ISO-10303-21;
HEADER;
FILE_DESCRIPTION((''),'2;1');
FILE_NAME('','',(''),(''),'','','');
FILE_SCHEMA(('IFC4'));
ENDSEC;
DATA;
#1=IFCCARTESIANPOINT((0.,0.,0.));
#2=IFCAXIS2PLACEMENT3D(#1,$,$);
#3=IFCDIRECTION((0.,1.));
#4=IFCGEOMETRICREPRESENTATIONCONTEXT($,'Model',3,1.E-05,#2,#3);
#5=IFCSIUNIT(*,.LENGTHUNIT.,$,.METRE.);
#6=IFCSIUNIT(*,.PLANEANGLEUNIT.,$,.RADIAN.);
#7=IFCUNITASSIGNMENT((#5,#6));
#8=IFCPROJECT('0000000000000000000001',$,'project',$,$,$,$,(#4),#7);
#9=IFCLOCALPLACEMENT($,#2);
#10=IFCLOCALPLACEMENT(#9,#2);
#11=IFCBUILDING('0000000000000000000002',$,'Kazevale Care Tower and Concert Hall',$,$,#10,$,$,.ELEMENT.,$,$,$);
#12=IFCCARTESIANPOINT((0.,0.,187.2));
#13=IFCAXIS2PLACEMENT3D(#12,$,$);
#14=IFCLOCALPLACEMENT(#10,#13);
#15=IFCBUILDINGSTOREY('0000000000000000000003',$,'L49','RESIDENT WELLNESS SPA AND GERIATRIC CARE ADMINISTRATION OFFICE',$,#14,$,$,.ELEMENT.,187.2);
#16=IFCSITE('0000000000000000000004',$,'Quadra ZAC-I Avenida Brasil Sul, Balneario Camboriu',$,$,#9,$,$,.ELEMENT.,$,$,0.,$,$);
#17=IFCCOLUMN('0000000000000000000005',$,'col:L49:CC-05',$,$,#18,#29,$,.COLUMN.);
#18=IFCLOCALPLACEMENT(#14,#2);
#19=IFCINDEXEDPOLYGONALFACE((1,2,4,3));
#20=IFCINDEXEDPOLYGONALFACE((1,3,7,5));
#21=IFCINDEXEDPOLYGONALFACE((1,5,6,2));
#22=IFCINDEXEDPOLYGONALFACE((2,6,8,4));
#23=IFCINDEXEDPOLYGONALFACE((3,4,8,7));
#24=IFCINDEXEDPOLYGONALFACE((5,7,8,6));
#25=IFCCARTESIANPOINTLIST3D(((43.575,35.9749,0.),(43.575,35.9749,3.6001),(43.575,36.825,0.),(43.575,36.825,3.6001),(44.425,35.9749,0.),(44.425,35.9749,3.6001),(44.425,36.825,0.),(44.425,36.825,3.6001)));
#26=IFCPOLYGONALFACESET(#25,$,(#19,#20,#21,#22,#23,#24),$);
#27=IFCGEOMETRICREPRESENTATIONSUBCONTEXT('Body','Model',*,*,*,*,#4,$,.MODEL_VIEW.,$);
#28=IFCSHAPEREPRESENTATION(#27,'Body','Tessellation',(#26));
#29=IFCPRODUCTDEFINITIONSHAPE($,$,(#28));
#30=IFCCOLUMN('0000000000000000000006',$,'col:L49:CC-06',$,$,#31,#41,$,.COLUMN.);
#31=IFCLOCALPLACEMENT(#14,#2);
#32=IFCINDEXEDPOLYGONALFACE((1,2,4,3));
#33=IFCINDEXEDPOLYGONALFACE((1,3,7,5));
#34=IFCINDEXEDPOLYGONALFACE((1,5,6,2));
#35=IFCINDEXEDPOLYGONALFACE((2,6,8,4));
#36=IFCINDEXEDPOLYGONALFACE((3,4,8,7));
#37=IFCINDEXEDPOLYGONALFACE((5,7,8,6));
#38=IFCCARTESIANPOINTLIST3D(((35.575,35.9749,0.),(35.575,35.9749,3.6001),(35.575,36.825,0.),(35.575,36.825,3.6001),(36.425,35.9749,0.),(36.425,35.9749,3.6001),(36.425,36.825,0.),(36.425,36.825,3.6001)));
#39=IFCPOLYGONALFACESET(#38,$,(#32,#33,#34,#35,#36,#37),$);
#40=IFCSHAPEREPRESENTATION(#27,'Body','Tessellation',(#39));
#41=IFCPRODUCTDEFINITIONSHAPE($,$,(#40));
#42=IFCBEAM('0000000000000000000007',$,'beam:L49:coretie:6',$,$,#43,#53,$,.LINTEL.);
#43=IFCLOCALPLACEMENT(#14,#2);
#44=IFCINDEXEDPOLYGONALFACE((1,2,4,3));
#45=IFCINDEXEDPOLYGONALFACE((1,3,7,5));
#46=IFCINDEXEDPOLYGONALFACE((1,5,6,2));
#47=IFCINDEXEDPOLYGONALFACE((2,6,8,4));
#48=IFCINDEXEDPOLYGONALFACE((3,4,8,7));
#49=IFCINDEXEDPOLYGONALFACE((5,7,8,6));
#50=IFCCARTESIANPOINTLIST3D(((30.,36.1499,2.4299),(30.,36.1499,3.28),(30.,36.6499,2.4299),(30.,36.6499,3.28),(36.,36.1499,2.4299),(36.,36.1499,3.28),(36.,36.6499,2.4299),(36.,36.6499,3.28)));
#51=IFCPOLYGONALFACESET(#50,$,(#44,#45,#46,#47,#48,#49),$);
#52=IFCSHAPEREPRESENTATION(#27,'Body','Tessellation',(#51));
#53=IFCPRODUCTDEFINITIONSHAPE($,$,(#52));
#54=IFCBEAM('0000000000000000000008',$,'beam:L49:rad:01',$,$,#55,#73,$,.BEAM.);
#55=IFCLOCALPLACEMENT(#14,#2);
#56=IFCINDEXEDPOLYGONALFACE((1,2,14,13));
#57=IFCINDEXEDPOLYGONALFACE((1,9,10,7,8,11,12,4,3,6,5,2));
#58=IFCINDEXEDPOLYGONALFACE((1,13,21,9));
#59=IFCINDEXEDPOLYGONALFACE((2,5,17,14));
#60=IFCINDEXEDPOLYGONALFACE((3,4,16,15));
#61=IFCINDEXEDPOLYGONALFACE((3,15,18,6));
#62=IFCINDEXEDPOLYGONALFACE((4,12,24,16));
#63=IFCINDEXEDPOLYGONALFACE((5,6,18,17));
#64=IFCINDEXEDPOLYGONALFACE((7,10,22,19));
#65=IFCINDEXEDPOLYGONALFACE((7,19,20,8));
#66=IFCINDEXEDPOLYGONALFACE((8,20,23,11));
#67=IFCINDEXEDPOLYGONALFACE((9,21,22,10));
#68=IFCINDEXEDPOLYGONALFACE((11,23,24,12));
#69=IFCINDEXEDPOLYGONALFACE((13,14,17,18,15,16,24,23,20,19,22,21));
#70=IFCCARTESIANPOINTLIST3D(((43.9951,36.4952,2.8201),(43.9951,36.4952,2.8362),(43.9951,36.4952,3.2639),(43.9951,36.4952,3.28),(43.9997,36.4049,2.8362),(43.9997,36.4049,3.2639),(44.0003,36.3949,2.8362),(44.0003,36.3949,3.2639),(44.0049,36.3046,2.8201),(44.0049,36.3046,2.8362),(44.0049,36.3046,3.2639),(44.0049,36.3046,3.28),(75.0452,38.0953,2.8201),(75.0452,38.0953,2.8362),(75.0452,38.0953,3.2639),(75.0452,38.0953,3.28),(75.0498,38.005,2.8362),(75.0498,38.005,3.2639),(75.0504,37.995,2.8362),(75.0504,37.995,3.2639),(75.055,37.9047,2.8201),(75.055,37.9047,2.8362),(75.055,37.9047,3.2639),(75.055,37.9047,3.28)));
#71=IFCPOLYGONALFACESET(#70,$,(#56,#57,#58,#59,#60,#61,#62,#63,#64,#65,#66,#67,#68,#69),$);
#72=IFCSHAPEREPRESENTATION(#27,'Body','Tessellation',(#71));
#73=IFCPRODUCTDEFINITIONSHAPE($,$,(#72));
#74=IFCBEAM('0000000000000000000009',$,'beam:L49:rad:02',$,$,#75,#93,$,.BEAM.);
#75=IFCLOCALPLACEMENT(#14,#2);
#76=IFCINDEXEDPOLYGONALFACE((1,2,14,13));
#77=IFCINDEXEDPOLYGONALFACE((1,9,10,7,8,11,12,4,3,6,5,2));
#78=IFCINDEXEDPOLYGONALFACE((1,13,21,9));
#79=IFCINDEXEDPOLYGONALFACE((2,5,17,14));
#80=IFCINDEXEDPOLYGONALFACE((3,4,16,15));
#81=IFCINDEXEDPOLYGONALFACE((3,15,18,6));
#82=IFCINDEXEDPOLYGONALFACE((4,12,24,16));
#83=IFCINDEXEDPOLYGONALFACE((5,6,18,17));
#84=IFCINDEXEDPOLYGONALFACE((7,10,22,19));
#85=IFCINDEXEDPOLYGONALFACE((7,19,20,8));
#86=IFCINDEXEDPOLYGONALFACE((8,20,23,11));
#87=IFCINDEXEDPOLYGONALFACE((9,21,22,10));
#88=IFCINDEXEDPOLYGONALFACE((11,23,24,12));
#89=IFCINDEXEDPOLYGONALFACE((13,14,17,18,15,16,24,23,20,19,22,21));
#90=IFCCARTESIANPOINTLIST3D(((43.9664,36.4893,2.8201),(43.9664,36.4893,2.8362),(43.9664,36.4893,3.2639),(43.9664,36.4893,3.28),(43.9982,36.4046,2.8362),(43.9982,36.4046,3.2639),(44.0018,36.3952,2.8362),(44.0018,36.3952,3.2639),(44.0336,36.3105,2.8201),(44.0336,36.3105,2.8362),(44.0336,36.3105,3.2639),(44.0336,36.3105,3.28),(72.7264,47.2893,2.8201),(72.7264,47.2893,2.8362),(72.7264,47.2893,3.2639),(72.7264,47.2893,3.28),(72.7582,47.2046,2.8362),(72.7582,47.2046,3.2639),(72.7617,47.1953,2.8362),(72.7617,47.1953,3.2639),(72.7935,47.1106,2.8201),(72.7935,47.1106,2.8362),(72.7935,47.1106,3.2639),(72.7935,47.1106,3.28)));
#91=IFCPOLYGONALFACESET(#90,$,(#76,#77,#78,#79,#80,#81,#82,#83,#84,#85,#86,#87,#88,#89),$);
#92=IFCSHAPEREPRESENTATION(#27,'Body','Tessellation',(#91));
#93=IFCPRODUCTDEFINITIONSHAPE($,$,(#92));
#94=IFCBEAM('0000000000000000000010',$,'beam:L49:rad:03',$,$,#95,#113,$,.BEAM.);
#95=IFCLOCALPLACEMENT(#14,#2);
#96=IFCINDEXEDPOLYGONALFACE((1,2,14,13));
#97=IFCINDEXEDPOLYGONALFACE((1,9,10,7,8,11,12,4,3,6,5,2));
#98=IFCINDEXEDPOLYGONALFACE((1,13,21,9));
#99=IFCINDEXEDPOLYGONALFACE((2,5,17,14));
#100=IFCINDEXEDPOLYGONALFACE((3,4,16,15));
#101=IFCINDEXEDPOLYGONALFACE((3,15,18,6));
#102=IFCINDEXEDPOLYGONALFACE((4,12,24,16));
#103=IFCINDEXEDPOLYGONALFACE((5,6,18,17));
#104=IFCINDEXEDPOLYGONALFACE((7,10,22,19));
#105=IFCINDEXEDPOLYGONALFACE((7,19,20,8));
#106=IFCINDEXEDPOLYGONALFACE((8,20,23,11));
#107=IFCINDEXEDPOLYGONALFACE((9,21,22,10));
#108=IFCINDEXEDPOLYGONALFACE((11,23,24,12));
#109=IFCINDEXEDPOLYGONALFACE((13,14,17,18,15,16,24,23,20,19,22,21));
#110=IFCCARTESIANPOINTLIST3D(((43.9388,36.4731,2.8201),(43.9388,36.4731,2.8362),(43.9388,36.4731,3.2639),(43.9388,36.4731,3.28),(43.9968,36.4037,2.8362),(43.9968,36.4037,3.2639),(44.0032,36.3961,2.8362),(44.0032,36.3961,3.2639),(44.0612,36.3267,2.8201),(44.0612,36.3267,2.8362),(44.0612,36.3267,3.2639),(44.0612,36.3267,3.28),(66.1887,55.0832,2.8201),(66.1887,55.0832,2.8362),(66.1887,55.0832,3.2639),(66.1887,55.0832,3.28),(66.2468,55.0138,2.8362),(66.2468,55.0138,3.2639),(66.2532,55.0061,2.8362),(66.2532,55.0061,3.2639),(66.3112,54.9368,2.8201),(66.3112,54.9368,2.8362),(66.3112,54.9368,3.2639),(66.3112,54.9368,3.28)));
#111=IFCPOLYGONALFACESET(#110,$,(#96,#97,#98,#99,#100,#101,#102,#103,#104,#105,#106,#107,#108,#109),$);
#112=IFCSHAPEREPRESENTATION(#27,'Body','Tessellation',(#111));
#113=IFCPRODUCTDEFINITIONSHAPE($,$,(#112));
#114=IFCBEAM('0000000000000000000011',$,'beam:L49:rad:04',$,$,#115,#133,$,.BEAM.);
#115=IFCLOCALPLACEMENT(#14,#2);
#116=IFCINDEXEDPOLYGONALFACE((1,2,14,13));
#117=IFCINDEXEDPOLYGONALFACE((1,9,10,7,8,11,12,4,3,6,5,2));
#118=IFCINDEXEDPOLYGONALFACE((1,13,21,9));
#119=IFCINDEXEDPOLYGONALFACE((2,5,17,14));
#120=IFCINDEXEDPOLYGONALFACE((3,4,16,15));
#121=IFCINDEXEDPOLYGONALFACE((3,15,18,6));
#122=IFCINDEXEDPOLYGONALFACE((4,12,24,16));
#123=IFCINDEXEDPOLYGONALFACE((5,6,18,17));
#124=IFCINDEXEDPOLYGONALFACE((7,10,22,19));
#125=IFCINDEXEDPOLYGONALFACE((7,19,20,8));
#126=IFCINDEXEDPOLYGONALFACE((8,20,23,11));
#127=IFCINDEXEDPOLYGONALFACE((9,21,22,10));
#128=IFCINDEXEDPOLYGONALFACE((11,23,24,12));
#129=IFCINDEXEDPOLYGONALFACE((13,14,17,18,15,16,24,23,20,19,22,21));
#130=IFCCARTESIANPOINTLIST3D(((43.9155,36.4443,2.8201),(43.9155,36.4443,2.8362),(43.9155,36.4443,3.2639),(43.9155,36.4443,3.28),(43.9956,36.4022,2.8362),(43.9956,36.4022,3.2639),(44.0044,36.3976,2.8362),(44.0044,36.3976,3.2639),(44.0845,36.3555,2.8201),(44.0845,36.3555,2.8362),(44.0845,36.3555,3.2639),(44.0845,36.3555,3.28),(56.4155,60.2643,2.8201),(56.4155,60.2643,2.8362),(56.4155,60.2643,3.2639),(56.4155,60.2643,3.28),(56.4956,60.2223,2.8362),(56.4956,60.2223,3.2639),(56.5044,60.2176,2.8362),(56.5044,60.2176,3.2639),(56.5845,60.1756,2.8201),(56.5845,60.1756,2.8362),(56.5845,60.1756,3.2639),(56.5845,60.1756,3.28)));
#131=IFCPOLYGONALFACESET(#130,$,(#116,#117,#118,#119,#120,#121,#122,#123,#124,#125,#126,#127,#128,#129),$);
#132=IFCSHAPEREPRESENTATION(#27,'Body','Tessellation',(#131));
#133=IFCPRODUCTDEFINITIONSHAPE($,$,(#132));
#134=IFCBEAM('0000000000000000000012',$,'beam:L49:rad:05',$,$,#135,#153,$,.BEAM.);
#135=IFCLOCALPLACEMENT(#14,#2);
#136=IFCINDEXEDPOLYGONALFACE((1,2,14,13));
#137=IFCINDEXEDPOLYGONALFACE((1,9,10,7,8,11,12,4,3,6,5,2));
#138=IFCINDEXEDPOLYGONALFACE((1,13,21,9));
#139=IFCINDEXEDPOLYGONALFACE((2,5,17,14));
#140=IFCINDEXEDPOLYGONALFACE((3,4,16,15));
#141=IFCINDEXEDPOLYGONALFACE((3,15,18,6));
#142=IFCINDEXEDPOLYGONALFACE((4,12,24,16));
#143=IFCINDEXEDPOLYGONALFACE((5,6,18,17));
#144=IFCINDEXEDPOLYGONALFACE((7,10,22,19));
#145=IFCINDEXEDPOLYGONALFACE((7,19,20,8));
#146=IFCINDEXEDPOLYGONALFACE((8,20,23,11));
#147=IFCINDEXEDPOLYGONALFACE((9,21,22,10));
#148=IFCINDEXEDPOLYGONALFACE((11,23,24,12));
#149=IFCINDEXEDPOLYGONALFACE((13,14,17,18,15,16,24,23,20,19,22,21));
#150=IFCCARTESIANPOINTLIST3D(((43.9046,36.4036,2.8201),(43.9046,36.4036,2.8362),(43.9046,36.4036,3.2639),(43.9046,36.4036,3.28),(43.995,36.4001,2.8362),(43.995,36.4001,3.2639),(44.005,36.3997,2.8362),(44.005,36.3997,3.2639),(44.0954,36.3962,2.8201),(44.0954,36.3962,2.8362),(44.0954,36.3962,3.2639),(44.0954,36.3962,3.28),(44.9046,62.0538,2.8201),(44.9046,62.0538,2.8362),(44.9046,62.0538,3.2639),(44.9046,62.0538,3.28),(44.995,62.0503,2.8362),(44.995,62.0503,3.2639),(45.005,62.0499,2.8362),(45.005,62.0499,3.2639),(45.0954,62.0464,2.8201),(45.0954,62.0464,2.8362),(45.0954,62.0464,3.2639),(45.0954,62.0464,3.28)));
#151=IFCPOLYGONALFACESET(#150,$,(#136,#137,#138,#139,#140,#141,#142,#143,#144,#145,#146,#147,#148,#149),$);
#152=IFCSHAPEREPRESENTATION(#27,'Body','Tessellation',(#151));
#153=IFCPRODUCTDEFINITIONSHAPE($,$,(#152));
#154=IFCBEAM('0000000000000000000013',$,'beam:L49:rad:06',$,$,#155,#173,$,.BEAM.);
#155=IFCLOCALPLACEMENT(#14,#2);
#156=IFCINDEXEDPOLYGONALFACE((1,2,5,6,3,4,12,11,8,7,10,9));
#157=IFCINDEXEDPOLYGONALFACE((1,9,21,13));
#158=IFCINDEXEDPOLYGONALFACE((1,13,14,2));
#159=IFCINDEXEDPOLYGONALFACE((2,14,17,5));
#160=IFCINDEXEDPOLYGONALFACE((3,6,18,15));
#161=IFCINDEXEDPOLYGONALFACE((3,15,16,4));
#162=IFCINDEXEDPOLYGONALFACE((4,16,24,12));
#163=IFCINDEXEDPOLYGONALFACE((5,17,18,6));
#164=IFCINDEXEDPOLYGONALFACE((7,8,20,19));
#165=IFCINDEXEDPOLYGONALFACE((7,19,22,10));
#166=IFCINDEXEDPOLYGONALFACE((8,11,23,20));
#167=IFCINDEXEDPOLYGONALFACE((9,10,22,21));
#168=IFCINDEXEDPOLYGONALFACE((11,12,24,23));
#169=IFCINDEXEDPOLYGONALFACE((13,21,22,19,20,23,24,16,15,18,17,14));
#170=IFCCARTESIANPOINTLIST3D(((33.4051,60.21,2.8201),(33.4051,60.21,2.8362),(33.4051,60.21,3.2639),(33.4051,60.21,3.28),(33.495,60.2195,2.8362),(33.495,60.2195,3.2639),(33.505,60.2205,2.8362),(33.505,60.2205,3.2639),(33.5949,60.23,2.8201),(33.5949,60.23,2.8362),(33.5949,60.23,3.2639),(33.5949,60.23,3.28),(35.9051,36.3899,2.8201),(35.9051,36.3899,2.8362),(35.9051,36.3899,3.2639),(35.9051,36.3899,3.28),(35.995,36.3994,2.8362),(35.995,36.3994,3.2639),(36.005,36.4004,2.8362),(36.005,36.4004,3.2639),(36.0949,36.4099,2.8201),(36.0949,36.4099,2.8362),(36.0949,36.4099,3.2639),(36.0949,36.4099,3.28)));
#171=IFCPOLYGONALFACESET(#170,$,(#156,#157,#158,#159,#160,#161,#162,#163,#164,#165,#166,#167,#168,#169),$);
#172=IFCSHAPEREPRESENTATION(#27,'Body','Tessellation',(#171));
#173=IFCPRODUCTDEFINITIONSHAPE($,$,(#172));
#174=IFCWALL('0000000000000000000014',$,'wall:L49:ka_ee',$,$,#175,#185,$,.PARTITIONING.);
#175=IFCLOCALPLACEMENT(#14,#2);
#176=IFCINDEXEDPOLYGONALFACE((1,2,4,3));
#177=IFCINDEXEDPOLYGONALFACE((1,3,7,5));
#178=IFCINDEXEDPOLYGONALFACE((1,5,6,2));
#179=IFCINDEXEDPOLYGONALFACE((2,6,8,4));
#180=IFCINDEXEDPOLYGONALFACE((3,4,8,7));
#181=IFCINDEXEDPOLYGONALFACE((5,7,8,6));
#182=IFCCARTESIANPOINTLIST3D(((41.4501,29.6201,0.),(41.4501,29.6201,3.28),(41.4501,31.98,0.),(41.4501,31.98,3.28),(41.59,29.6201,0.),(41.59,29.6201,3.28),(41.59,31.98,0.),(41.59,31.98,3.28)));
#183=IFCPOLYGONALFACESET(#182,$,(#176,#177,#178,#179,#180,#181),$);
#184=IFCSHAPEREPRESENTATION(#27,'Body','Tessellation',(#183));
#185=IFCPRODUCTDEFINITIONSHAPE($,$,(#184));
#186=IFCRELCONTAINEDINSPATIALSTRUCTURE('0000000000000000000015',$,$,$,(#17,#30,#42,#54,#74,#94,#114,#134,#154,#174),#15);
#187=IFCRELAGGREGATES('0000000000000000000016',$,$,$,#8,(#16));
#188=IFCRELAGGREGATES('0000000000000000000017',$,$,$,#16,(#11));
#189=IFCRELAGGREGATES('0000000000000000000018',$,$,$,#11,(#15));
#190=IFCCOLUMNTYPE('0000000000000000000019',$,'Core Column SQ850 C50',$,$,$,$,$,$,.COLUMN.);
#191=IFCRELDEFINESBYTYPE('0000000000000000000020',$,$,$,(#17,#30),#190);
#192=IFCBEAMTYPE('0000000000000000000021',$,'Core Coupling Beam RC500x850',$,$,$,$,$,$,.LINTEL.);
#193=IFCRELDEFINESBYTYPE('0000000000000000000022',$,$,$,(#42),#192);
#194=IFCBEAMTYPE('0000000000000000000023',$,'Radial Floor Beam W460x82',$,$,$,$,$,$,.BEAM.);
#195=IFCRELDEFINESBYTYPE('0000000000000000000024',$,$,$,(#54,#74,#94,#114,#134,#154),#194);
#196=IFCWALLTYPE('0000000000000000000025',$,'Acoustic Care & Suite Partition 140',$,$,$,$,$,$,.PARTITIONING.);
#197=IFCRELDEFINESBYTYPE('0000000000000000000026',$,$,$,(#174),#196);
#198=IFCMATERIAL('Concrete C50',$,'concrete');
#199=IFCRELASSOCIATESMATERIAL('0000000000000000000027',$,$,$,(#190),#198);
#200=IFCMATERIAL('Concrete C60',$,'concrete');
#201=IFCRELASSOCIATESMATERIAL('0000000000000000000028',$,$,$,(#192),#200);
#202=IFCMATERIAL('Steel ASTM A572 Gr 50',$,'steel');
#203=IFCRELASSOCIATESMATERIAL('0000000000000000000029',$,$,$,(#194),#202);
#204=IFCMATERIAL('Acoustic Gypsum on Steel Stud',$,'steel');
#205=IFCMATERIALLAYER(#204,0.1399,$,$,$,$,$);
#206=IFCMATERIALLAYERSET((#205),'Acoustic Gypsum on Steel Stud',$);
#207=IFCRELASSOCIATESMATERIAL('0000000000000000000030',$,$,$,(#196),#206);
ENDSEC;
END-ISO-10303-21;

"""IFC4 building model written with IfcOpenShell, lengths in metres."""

from ifc_helpers import new_model, si_unit, direction, frame, frame_2d, origin, origin_2d, place, context, subcontext, project, spatial, rectangle, i_section, extrude, material, layer, layer_set, material_profile, profile_set, type_object, element, save


model = new_model("IFC4")

# Units and contexts
model_context = context("Model", 3, precision=1e-05, world=origin(), true_north=direction((0.0, 1.0)))
body_context = subcontext(model_context, "Body", "Model", "MODEL_VIEW")
ifc_project = project(units=[si_unit("LENGTHUNIT", "METRE"), si_unit("PLANEANGLEUNIT", "RADIAN")], contexts=[model_context])

# Site, building, storey
site_placement = place(None, origin())
site = spatial("IfcSite", under=ifc_project, at=site_placement, Name="Quadra ZAC-I Avenida Brasil Sul, Balneario Camboriu", CompositionType="ELEMENT", RefElevation=0.0)
building_placement = place(site_placement, origin())
building = spatial("IfcBuilding", under=site, at=building_placement, Name="Kazevale Care Tower and Concert Hall", CompositionType="ELEMENT")
storey_placement = place(building_placement, frame((0.0, 0.0, 187.2)))
storey = spatial("IfcBuildingStorey", under=building, at=storey_placement, Name="L49", Description="RESIDENT WELLNESS SPA AND GERIATRIC CARE ADMINISTRATION OFFICE", CompositionType="ELEMENT", Elevation=187.2)

# Columns
ifc_material_1 = material(Name="Concrete C50", Category="concrete")
ifc_material_profile_1 = material_profile(ifc_material_1, rectangle(XDim=0.8501, YDim=0.8501, at=origin_2d()), Name="RC-SQ850")
ifc_profile_set_1 = profile_set([ifc_material_profile_1], Name="Concrete C50")
column_type = type_object("IfcColumnType", Name="Core Column SQ850 C50", PredefinedType="COLUMN", material=ifc_profile_set_1)
for number, where, z_axis, x_axis, name in (
    (1, (44.0, 36.3999, 0.0), (0.0, 0.0, 1.0), (1.0, 0.0, 0.0), "col:L49:CC-05"),
    (2, (36.0, 36.3999, 0.0), (0.0, 0.0, 1.0), (1.0, 0.0, 0.0), "col:L49:CC-06"),
):
    element("IfcColumn", number, at=place(storey_placement, frame(where, z_axis=z_axis, x_axis=x_axis)), inside=storey, type_object=column_type, Name=name, PredefinedType="COLUMN", context=body_context, shape_type="SweptSolid", body=[
        extrude(rectangle(XDim=0.8501, YDim=0.8501, at=origin_2d()), origin(), (0.0, 0.0, 1.0), 3.6001),
    ])

# Beams
ifc_material_2 = material(Name="Concrete C60", Category="concrete")
ifc_material_profile_2 = material_profile(ifc_material_2, rectangle(XDim=0.5, YDim=0.8501, at=origin_2d()), Name="RC-B500x850")
ifc_profile_set_2 = profile_set([ifc_material_profile_2], Name="Concrete C60")
beam_type_1 = type_object("IfcBeamType", Name="Core Coupling Beam RC500x850", PredefinedType="LINTEL", material=ifc_profile_set_2)
beam_1_placement = place(storey_placement, frame((36.0, 36.3999, 2.855), z_axis=(-1.0, 0.0, 0.0), x_axis=(0.0, -1.0, 0.0)))
element("IfcBeam", 3, at=beam_1_placement, inside=storey, type_object=beam_type_1, Name="beam:L49:coretie:6", PredefinedType="LINTEL", context=body_context, shape_type="SweptSolid", body=[
    extrude(rectangle(XDim=0.5, YDim=0.8501, at=origin_2d()), origin(), (0.0, 0.0, 1.0), 6.0),
])
ifc_material_3 = material(Name="Steel ASTM A572 Gr 50", Category="steel")
ifc_material_profile_3 = material_profile(ifc_material_3, i_section(OverallWidth=0.1909, OverallDepth=0.46, WebThickness=0.01, FlangeThickness=0.0161, at=origin_2d()), Name="W460x82")
ifc_profile_set_3 = profile_set([ifc_material_profile_3], Name="Steel ASTM A572 Gr 50")
beam_type_2 = type_object("IfcBeamType", Name="Radial Floor Beam W460x82", PredefinedType="BEAM", material=ifc_profile_set_3)
beam_2_placement = place(storey_placement, frame((44.0, 36.3999, 3.05), z_axis=(0.998675, 0.051465, 0.0), x_axis=(-0.051465, 0.998675, 0.0)))
element("IfcBeam", 4, at=beam_2_placement, inside=storey, type_object=beam_type_2, Name="beam:L49:rad:01", PredefinedType="BEAM", context=body_context, shape_type="SweptSolid", body=[
    extrude(i_section(OverallWidth=0.1909, OverallDepth=0.46, WebThickness=0.01, FlangeThickness=0.0161, at=origin_2d()), origin(), (0.0, 0.0, 1.0), 31.0913),
])
beam_3_placement = place(storey_placement, frame((44.0, 36.3999, 3.05), z_axis=(0.936168, 0.351553, 0.0), x_axis=(-0.351553, 0.936168, 0.0)))
element("IfcBeam", 5, at=beam_3_placement, inside=storey, type_object=beam_type_2, Name="beam:L49:rad:02", PredefinedType="BEAM", context=body_context, shape_type="SweptSolid", body=[
    extrude(i_section(OverallWidth=0.1909, OverallDepth=0.46, WebThickness=0.01, FlangeThickness=0.0161, at=origin_2d()), origin(), (0.0, 0.0, 1.0), 30.7209),
])
beam_4_placement = place(storey_placement, frame((44.0, 36.3999, 3.05), z_axis=(0.76706, 0.641576, 0.0), x_axis=(-0.641576, 0.76706, 0.0)))
element("IfcBeam", 6, at=beam_4_placement, inside=storey, type_object=beam_type_2, Name="beam:L49:rad:03", PredefinedType="BEAM", context=body_context, shape_type="SweptSolid", body=[
    extrude(i_section(OverallWidth=0.1909, OverallDepth=0.46, WebThickness=0.01, FlangeThickness=0.0161, at=origin_2d()), origin(), (0.0, 0.0, 1.0), 29.0068),
])
beam_5_placement = place(storey_placement, frame((44.0, 36.3999, 3.05), z_axis=(0.464673, 0.885483, 0.0), x_axis=(-0.885483, 0.464673, 0.0)))
element("IfcBeam", 7, at=beam_5_placement, inside=storey, type_object=beam_type_2, Name="beam:L49:rad:04", PredefinedType="BEAM", context=body_context, shape_type="SweptSolid", body=[
    extrude(i_section(OverallWidth=0.1909, OverallDepth=0.46, WebThickness=0.01, FlangeThickness=0.0161, at=origin_2d()), origin(), (0.0, 0.0, 1.0), 26.9006),
])
beam_6_placement = place(storey_placement, frame((44.0, 36.3999, 3.05), z_axis=(0.038957, 0.999241, 0.0), x_axis=(-0.999241, 0.038957, 0.0)))
element("IfcBeam", 8, at=beam_6_placement, inside=storey, type_object=beam_type_2, Name="beam:L49:rad:05", PredefinedType="BEAM", context=body_context, shape_type="SweptSolid", body=[
    extrude(i_section(OverallWidth=0.1909, OverallDepth=0.46, WebThickness=0.01, FlangeThickness=0.0161, at=origin_2d()), origin(), (0.0, 0.0, 1.0), 25.6697),
])
beam_7_placement = place(storey_placement, frame((36.0, 36.3999, 3.05), z_axis=(-0.10438, 0.994537, 0.0), x_axis=(-0.994537, -0.10438, 0.0)))
element("IfcBeam", 9, at=beam_7_placement, inside=storey, type_object=beam_type_2, Name="beam:L49:rad:06", PredefinedType="BEAM", context=body_context, shape_type="SweptSolid", body=[
    extrude(i_section(OverallWidth=0.1909, OverallDepth=0.46, WebThickness=0.01, FlangeThickness=0.0161, at=origin_2d()), origin(), (0.0, 0.0, 1.0), 23.9509),
])

# Wall
ifc_material_4 = material(Name="Acoustic Gypsum on Steel Stud", Category="steel")
ifc_layer_1 = layer(ifc_material_4, 0.1399)
ifc_layer_set_1 = layer_set([ifc_layer_1], Name="Acoustic Gypsum on Steel Stud")
wall_type_1 = type_object("IfcWallType", Name="Acoustic Care & Suite Partition 140", PredefinedType="PARTITIONING", material=ifc_layer_set_1)
wall_1_placement = place(storey_placement, frame((41.52, 29.6201, 0.0), z_axis=(0.0, 0.0, 1.0), x_axis=(0.0, 1.0, 0.0)))
element("IfcWall", 10, at=wall_1_placement, inside=storey, type_object=wall_type_1, Name="wall:L49:ka_ee", PredefinedType="PARTITIONING", context=body_context, shape_type="SweptSolid", body=[
    extrude(rectangle(XDim=2.3599, YDim=0.1399, at=frame_2d((1.1799, 0.0))), origin(), (0.0, 0.0, 1.0), 3.28),
])

save(model, "model.ifc")
